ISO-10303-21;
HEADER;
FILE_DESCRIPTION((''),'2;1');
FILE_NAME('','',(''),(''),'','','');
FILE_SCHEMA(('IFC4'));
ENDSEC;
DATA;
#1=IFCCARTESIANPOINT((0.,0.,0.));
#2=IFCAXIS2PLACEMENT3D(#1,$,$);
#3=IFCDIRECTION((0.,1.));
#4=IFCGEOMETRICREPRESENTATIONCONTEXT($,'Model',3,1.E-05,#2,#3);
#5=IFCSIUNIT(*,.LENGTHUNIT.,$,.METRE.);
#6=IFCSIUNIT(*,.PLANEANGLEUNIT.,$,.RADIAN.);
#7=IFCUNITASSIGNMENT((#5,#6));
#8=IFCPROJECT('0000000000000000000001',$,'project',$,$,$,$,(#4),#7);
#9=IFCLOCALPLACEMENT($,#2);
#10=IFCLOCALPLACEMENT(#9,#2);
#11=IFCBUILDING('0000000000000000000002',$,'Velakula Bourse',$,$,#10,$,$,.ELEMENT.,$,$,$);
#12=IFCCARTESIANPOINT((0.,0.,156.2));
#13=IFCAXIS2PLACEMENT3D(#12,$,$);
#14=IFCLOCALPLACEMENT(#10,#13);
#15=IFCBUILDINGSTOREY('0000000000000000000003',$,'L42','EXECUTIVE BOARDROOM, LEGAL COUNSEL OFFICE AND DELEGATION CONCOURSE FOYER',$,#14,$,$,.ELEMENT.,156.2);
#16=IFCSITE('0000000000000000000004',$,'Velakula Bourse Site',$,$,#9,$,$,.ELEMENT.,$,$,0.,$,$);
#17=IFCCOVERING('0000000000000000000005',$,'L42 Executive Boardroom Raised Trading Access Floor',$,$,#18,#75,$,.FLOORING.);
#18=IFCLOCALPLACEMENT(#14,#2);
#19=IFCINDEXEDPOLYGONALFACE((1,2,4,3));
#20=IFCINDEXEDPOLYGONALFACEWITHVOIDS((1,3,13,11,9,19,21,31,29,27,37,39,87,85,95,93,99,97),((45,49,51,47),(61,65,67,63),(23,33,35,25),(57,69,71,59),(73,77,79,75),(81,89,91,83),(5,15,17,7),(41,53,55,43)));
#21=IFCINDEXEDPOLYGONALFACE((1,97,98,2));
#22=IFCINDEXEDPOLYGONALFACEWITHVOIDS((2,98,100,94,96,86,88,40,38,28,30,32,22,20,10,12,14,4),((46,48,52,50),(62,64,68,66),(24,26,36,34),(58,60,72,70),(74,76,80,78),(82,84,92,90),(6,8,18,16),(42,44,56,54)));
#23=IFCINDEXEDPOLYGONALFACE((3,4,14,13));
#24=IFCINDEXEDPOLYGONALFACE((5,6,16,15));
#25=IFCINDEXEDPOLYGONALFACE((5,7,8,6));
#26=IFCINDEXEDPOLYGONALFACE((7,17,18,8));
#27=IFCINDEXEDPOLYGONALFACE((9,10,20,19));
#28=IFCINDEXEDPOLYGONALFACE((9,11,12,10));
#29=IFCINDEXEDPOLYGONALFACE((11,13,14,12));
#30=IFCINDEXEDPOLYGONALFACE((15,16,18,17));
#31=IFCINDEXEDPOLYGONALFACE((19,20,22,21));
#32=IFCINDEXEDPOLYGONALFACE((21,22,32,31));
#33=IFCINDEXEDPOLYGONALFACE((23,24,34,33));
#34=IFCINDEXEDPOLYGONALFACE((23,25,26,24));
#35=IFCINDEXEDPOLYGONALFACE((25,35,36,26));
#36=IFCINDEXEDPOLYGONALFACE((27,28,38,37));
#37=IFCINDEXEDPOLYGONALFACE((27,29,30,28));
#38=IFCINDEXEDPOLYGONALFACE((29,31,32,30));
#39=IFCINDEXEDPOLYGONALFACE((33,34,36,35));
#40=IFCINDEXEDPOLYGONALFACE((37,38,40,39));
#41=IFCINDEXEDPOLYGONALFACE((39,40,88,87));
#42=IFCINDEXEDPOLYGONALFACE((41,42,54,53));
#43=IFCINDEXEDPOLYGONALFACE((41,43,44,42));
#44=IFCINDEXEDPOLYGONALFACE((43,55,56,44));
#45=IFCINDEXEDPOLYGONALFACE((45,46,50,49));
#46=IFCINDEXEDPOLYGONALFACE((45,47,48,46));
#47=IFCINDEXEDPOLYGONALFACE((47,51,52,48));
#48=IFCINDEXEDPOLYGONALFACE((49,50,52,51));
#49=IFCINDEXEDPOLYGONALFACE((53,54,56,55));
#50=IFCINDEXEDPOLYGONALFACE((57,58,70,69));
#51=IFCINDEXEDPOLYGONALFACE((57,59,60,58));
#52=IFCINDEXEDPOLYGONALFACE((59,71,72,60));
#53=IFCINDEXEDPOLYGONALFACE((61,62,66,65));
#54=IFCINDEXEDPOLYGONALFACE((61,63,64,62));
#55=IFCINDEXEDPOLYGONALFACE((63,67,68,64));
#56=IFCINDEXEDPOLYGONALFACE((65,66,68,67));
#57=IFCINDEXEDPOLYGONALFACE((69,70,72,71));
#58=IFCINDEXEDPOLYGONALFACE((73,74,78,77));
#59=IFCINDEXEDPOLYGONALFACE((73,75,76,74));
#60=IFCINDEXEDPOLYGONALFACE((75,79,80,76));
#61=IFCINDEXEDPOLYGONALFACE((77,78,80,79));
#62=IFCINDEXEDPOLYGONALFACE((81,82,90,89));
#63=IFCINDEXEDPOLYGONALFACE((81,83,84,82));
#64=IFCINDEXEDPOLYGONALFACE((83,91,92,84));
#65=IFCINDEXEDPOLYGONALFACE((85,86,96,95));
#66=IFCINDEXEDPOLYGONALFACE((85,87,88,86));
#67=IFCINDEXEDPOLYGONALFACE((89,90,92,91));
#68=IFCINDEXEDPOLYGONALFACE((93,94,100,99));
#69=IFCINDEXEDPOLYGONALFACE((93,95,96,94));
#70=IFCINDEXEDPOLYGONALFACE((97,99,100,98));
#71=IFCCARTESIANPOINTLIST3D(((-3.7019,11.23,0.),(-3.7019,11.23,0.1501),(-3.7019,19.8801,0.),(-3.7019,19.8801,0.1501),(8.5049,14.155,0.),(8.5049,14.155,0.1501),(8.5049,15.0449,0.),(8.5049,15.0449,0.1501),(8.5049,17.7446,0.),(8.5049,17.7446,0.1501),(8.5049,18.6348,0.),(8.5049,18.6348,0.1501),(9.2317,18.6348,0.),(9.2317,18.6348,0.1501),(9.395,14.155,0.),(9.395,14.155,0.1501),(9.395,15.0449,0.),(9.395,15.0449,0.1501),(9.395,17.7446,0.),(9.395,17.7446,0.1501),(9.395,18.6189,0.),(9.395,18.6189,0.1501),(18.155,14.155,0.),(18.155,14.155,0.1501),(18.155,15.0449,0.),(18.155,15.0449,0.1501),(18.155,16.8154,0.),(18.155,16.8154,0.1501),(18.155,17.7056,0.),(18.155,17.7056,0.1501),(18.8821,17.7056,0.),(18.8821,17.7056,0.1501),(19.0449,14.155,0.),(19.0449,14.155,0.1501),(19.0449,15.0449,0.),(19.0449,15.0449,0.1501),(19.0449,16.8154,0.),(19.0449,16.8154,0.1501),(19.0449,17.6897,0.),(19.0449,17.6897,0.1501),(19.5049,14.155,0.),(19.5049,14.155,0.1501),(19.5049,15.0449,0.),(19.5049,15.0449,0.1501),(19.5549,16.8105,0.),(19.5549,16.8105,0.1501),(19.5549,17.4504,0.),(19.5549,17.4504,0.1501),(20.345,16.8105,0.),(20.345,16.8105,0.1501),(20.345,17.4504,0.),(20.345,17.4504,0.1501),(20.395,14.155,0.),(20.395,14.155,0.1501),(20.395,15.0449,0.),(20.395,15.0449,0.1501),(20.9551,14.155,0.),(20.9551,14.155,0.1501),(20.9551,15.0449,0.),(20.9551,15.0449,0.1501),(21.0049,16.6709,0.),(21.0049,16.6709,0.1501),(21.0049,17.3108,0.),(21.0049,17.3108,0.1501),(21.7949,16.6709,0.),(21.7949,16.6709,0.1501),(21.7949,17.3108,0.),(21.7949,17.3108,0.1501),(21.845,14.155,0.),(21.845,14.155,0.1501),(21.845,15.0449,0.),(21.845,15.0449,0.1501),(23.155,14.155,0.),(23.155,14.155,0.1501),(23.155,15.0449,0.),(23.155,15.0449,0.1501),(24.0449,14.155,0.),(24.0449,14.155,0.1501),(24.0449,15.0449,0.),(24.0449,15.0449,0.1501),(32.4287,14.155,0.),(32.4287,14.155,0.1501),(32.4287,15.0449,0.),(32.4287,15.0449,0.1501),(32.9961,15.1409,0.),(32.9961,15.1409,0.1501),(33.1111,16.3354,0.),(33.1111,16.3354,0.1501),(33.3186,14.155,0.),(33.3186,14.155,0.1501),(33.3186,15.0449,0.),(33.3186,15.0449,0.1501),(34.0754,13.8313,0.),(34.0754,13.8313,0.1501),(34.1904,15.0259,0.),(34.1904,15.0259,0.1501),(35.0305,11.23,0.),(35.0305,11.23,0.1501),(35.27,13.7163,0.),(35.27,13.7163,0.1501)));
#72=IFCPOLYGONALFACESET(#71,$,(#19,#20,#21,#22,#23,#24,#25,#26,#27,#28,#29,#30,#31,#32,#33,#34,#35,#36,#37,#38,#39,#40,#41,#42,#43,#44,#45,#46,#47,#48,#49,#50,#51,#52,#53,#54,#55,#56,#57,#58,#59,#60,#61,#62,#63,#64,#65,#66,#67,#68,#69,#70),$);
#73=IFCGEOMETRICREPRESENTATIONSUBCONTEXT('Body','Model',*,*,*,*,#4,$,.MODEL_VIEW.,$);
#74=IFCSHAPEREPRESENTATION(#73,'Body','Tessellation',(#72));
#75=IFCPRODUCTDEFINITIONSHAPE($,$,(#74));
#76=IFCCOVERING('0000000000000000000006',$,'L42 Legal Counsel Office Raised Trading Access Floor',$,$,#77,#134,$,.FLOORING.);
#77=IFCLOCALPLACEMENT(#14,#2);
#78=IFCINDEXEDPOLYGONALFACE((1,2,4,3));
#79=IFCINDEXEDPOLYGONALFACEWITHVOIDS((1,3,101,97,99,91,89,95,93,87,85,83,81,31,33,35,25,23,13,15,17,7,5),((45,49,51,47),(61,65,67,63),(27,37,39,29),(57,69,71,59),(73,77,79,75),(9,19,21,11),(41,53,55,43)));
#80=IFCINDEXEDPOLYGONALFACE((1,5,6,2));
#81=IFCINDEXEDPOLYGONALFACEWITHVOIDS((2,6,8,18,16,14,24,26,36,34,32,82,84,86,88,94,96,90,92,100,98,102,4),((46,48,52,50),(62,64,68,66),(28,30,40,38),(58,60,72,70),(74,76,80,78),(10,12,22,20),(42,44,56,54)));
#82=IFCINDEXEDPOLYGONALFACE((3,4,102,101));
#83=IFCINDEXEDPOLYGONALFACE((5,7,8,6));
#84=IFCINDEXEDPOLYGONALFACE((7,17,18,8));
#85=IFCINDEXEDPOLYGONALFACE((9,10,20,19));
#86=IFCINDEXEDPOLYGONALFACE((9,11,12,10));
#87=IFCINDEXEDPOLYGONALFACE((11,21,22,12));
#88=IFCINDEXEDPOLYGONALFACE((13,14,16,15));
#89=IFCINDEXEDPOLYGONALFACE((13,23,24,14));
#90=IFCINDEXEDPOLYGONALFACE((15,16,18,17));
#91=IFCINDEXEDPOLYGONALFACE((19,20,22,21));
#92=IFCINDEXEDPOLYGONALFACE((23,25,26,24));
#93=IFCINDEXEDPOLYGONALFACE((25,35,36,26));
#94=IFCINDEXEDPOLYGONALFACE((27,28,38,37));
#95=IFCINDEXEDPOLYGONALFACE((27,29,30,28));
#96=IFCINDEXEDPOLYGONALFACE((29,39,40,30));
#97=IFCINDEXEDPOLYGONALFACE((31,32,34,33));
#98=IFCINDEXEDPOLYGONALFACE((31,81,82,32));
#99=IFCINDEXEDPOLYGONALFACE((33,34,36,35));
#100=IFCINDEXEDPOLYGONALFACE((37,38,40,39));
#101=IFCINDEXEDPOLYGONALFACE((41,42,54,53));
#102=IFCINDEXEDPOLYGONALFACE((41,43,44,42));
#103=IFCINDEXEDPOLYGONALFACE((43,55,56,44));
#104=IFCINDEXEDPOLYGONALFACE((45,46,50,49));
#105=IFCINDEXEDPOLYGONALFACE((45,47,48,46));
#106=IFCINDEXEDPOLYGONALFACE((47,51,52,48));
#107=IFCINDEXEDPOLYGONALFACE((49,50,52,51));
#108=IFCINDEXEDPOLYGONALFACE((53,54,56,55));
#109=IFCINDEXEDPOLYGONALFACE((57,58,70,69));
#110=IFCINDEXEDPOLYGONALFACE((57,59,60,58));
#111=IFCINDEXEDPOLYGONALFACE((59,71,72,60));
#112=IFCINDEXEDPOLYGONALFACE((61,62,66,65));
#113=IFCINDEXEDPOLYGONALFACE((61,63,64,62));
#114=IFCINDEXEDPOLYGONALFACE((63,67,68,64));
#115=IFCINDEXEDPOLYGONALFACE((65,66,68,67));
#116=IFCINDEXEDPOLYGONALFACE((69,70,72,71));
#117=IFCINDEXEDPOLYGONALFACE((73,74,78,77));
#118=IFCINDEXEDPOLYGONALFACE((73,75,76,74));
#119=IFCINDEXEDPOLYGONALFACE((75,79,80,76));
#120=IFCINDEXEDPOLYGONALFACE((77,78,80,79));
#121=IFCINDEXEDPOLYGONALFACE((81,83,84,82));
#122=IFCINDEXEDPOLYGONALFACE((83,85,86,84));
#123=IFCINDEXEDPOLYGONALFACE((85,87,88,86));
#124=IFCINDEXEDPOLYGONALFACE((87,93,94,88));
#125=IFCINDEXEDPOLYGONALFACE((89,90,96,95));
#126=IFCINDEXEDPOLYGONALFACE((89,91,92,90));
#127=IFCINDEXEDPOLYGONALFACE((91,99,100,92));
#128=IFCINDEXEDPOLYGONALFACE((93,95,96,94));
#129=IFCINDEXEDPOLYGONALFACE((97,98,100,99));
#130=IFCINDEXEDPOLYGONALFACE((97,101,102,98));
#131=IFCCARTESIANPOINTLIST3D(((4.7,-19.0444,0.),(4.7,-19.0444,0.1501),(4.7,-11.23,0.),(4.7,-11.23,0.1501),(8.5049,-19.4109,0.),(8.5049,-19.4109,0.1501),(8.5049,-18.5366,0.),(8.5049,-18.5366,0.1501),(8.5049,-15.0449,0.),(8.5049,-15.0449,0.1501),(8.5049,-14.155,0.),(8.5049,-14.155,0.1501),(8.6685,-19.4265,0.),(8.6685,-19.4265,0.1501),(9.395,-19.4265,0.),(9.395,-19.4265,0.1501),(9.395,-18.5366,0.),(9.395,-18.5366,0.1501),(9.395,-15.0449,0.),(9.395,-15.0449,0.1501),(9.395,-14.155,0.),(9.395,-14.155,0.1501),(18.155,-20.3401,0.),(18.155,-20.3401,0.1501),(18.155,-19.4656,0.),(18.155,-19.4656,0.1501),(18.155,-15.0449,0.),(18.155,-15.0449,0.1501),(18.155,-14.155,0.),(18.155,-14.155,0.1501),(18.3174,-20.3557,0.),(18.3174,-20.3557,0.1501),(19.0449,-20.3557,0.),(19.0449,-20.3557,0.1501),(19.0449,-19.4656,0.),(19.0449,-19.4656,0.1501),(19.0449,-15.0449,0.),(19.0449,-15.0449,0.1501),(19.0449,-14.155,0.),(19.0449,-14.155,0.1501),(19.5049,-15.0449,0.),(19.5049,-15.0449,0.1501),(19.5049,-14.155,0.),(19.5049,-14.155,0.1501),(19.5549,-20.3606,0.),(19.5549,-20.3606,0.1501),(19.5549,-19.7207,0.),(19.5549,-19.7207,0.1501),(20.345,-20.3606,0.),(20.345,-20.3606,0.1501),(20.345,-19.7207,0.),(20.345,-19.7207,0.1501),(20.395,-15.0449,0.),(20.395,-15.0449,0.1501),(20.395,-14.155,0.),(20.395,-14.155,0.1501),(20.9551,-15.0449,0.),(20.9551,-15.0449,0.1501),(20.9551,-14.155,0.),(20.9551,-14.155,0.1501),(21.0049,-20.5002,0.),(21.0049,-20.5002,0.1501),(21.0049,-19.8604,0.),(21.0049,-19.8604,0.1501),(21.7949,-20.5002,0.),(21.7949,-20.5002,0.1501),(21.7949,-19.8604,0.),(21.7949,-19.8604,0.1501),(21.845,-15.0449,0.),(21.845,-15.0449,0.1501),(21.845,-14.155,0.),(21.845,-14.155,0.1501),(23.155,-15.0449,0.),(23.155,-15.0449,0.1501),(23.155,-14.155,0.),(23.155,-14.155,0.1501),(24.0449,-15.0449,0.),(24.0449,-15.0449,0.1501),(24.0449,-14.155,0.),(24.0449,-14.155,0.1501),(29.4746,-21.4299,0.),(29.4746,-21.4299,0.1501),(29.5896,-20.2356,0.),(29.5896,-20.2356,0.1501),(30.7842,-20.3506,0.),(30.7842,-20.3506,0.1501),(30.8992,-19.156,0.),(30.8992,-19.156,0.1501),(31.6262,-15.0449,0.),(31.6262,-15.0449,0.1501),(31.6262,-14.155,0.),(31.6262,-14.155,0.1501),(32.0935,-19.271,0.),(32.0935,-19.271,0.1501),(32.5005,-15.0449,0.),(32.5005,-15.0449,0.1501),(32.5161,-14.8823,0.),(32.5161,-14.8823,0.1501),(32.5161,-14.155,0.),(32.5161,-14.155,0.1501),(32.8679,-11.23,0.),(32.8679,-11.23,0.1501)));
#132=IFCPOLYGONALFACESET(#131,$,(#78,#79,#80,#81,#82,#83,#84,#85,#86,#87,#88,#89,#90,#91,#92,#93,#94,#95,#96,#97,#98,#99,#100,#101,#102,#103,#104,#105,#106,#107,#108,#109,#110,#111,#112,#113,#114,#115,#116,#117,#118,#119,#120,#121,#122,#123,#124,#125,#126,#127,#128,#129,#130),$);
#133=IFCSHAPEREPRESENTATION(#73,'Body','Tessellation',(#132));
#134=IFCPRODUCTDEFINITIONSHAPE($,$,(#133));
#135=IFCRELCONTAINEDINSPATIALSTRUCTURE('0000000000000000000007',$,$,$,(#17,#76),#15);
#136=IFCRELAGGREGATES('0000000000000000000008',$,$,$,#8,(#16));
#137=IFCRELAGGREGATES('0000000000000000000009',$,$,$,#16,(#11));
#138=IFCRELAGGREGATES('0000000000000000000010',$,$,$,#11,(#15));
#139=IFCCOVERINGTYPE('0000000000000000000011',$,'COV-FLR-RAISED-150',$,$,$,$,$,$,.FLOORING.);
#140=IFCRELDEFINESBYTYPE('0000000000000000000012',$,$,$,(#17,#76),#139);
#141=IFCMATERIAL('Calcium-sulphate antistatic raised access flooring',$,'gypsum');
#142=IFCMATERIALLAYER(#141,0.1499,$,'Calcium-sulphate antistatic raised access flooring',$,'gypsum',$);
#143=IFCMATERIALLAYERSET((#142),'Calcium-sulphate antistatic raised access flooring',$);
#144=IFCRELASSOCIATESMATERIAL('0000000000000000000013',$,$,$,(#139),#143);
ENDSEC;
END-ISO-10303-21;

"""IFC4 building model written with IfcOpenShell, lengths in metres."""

from ifc_helpers import new_model, si_unit, direction, frame, origin, place, context, subcontext, project, spatial, polyline, outline, extrude, material, layer, layer_set, type_object, element, save


model = new_model("IFC4")

# Units and contexts
model_context = context("Model", 3, precision=1e-05, world=origin(), true_north=direction((0.0, 1.0)))
body_context = subcontext(model_context, "Body", "Model", "MODEL_VIEW")
ifc_project = project(units=[si_unit("LENGTHUNIT", "METRE"), si_unit("PLANEANGLEUNIT", "RADIAN")], contexts=[model_context])

# Site, building, storey
site_placement = place(None, origin())
site = spatial("IfcSite", under=ifc_project, at=site_placement, Name="Velakula Bourse Site", CompositionType="ELEMENT", RefElevation=0.0)
building_placement = place(site_placement, origin())
building = spatial("IfcBuilding", under=site, at=building_placement, Name="Velakula Bourse", CompositionType="ELEMENT")
storey_placement = place(building_placement, frame((0.0, 0.0, 156.2)))
storey = spatial("IfcBuildingStorey", under=building, at=storey_placement, Name="L42", Description="EXECUTIVE BOARDROOM, LEGAL COUNSEL OFFICE AND DELEGATION CONCOURSE FOYER", CompositionType="ELEMENT", Elevation=156.2)

# Coverings
ifc_material_1 = material(Name="Calcium-sulphate antistatic raised access flooring", Category="gypsum")
ifc_layer_1 = layer(ifc_material_1, 0.1499, Name="Calcium-sulphate antistatic raised access flooring", Category="gypsum")
ifc_layer_set_1 = layer_set([ifc_layer_1], Name="Calcium-sulphate antistatic raised access flooring")
covering_type_1 = type_object("IfcCoveringType", Name="COV-FLR-RAISED-150", PredefinedType="FLOORING", material=ifc_layer_set_1)
covering_1_placement = place(storey_placement, origin())
element("IfcCovering", 1, at=covering_1_placement, inside=storey, type_object=covering_type_1, Name="L42 Executive Boardroom Raised Trading Access Floor", PredefinedType="FLOORING", context=body_context, shape_type="SweptSolid", body=[
    extrude(outline(polyline([(32.9961, 15.1409), (34.1904, 15.0259), (34.0754, 13.8313), (35.27, 13.7163), (35.0305, 11.23), (-3.7019, 11.23), (-3.7019, 19.8801), (9.2317, 18.6348), (8.5049, 18.6348), (8.5049, 17.7446), (9.395, 17.7446), (9.395, 18.6189), (18.8821, 17.7056), (18.155, 17.7056), (18.155, 16.8154), (19.0449, 16.8154), (19.0449, 17.6897), (33.1111, 16.3354), (32.9961, 15.1409)]), holes=[polyline([(8.5049, 15.0449), (8.5049, 14.155), (9.395, 14.155), (9.395, 15.0449), (8.5049, 15.0449)]), polyline([(18.155, 14.155), (19.0449, 14.155), (19.0449, 15.0449), (18.155, 15.0449), (18.155, 14.155)]), polyline([(20.9551, 14.155), (21.845, 14.155), (21.845, 15.0449), (20.9551, 15.0449), (20.9551, 14.155)]), polyline([(23.155, 14.155), (24.0449, 14.155), (24.0449, 15.0449), (23.155, 15.0449), (23.155, 14.155)]), polyline([(19.5049, 14.155), (20.395, 14.155), (20.395, 15.0449), (19.5049, 15.0449), (19.5049, 14.155)]), polyline([(32.4287, 14.155), (33.3186, 14.155), (33.3186, 15.0449), (32.4287, 15.0449), (32.4287, 14.155)]), polyline([(21.0049, 17.3108), (21.0049, 16.6709), (21.7949, 16.6709), (21.7949, 17.3108), (21.0049, 17.3108)]), polyline([(19.5549, 17.4504), (19.5549, 16.8105), (20.345, 16.8105), (20.345, 17.4504), (19.5549, 17.4504)])]), origin(), (0.0, 0.0, 1.0), 0.1501),
])
covering_2_placement = place(storey_placement, origin())
element("IfcCovering", 2, at=covering_2_placement, inside=storey, type_object=covering_type_1, Name="L42 Legal Counsel Office Raised Trading Access Floor", PredefinedType="FLOORING", context=body_context, shape_type="SweptSolid", body=[
    extrude(outline(polyline([(32.8679, -11.23), (32.5161, -14.8823), (32.5161, -14.155), (31.6262, -14.155), (31.6262, -15.0449), (32.5005, -15.0449), (32.0935, -19.271), (30.8992, -19.156), (30.7842, -20.3506), (29.5896, -20.2356), (29.4746, -21.4299), (18.3174, -20.3557), (19.0449, -20.3557), (19.0449, -19.4656), (18.155, -19.4656), (18.155, -20.3401), (8.6685, -19.4265), (9.395, -19.4265), (9.395, -18.5366), (8.5049, -18.5366), (8.5049, -19.4109), (4.7, -19.0444), (4.7, -11.23), (32.8679, -11.23)]), holes=[polyline([(18.155, -15.0449), (19.0449, -15.0449), (19.0449, -14.155), (18.155, -14.155), (18.155, -15.0449)]), polyline([(8.5049, -15.0449), (9.395, -15.0449), (9.395, -14.155), (8.5049, -14.155), (8.5049, -15.0449)]), polyline([(21.0049, -20.5002), (21.7949, -20.5002), (21.7949, -19.8604), (21.0049, -19.8604), (21.0049, -20.5002)]), polyline([(19.5549, -20.3606), (20.345, -20.3606), (20.345, -19.7207), (19.5549, -19.7207), (19.5549, -20.3606)]), polyline([(19.5049, -14.155), (19.5049, -15.0449), (20.395, -15.0449), (20.395, -14.155), (19.5049, -14.155)]), polyline([(23.155, -15.0449), (24.0449, -15.0449), (24.0449, -14.155), (23.155, -14.155), (23.155, -15.0449)]), polyline([(20.9551, -15.0449), (21.845, -15.0449), (21.845, -14.155), (20.9551, -14.155), (20.9551, -15.0449)])]), origin(), (0.0, 0.0, 1.0), 0.1501),
])

save(model, "model.ifc")
